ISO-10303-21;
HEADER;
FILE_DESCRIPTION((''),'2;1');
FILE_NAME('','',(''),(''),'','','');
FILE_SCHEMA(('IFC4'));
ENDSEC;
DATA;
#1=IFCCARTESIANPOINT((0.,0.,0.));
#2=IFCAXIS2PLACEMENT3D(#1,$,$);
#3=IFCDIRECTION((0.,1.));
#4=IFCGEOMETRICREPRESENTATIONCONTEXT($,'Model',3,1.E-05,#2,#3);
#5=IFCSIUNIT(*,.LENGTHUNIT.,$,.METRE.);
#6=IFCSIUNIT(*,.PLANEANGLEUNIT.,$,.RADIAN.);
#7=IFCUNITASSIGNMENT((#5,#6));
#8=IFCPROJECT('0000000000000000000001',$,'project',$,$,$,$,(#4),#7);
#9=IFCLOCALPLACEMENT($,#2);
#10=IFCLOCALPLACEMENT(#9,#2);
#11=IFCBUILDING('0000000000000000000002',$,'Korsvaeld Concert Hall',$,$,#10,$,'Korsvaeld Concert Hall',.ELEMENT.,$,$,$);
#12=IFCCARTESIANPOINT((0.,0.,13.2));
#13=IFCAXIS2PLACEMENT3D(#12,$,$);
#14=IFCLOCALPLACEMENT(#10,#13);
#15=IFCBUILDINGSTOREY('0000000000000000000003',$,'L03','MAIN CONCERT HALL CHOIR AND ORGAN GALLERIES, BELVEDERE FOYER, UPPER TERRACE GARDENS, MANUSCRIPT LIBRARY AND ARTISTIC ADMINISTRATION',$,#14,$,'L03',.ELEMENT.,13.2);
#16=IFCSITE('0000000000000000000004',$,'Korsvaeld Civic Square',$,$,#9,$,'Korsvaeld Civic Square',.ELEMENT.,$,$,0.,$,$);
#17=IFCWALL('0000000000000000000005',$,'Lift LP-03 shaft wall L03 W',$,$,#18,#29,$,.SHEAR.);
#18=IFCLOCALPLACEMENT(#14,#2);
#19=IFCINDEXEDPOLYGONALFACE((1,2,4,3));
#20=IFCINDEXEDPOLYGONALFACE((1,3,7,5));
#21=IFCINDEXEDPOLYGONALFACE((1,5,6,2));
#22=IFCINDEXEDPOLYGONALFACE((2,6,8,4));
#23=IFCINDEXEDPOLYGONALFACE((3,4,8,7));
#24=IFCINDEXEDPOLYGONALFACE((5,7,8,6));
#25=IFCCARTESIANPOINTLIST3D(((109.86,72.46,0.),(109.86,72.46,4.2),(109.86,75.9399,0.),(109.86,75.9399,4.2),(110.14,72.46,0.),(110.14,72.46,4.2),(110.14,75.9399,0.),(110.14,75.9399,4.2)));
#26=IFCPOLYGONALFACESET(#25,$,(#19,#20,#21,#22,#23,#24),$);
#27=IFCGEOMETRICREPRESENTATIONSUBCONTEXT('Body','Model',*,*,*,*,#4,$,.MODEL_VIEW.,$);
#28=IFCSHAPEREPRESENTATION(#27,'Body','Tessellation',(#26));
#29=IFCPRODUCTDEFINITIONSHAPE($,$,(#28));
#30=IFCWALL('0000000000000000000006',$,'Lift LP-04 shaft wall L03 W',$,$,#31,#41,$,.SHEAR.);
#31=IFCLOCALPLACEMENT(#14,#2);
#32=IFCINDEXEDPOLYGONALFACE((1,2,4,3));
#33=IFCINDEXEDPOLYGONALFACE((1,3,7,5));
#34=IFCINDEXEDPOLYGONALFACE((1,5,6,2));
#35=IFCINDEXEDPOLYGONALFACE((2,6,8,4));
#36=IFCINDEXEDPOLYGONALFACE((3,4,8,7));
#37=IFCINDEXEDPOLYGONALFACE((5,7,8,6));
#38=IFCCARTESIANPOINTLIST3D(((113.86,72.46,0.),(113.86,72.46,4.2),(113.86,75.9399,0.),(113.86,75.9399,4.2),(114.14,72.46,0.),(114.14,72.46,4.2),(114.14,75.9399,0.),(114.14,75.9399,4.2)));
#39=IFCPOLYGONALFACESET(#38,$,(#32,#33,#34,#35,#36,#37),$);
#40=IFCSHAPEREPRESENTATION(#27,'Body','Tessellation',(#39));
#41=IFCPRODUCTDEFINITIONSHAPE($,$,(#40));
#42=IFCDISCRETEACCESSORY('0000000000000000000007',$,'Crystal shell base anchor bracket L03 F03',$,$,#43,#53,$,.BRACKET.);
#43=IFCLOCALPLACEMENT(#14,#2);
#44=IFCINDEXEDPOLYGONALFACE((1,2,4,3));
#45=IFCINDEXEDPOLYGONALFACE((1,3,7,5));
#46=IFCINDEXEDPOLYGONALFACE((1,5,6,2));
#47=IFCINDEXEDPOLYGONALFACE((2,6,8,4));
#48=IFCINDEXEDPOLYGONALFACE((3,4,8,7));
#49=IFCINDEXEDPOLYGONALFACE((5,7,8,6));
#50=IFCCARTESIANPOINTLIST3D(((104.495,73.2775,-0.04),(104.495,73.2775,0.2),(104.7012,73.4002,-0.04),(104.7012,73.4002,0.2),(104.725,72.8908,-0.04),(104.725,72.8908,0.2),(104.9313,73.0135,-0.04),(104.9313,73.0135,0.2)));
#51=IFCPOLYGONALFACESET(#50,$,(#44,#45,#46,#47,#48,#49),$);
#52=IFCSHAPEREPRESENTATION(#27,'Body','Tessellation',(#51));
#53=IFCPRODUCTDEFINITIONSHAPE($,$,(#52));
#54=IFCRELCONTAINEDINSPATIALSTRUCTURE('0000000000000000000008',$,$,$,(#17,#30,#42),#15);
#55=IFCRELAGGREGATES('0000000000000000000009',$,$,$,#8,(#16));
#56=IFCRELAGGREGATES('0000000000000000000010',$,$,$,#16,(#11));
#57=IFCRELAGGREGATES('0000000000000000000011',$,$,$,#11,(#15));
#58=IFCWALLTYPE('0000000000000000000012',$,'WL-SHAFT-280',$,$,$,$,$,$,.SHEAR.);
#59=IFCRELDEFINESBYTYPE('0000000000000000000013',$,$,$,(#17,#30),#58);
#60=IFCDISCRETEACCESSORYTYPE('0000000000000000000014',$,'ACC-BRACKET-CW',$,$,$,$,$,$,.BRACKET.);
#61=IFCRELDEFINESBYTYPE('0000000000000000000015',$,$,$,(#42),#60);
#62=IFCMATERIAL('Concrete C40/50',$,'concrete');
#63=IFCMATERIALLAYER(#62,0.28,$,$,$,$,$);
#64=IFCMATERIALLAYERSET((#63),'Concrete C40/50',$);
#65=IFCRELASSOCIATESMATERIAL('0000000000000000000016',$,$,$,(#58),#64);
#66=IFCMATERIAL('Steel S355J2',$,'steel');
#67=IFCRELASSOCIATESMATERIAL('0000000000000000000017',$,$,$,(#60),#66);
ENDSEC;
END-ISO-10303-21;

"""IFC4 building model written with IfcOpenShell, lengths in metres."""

from ifc_helpers import new_model, si_unit, direction, frame, frame_2d, origin, origin_2d, place, context, subcontext, project, spatial, rectangle, extrude, material, layer, layer_set, type_object, element, save


model = new_model("IFC4")

# Units and contexts
model_context = context("Model", 3, precision=1e-05, world=origin(), true_north=direction((0.0, 1.0)))
body_context = subcontext(model_context, "Body", "Model", "MODEL_VIEW")
ifc_project = project(units=[si_unit("LENGTHUNIT", "METRE"), si_unit("PLANEANGLEUNIT", "RADIAN")], contexts=[model_context])

# Site, building, storey
site_placement = place(None, origin())
site = spatial("IfcSite", under=ifc_project, at=site_placement, Name="Korsvaeld Civic Square", LongName="Korsvaeld Civic Square", CompositionType="ELEMENT", RefElevation=0.0)
building_placement = place(site_placement, origin())
building = spatial("IfcBuilding", under=site, at=building_placement, Name="Korsvaeld Concert Hall", LongName="Korsvaeld Concert Hall", CompositionType="ELEMENT")
storey_placement = place(building_placement, frame((0.0, 0.0, 13.2)))
storey = spatial("IfcBuildingStorey", under=building, at=storey_placement, Name="L03", Description="MAIN CONCERT HALL CHOIR AND ORGAN GALLERIES, BELVEDERE FOYER, UPPER TERRACE GARDENS, MANUSCRIPT LIBRARY AND ARTISTIC ADMINISTRATION", LongName="L03", CompositionType="ELEMENT", Elevation=13.2)

# Shared definitions
ifc_material_1 = material(Name="Concrete C40/50", Category="concrete")

# Shared definitions
ifc_layer_1 = layer(ifc_material_1, 0.28)
ifc_layer_set_1 = layer_set([ifc_layer_1], Name="Concrete C40/50")
wall_type = type_object("IfcWallType", Name="WL-SHAFT-280", PredefinedType="SHEAR", material=ifc_layer_set_1)

# Wall
wall_1_placement = place(storey_placement, frame((110.0, 75.9399, 0.0), z_axis=(0.0, 0.0, 1.0), x_axis=(0.0, -1.0, 0.0)))
element("IfcWall", 1, at=wall_1_placement, inside=storey, type_object=wall_type, Name="Lift LP-03 shaft wall L03 W", PredefinedType="SHEAR", context=body_context, shape_type="SweptSolid", body=[
    extrude(rectangle(XDim=3.48, YDim=0.28, at=frame_2d((1.74, 0.0))), origin(), (0.0, 0.0, 1.0), 4.2),
])

# Wall
wall_2_placement = place(storey_placement, frame((114.0, 75.9399, 0.0), z_axis=(0.0, 0.0, 1.0), x_axis=(0.0, -1.0, 0.0)))
element("IfcWall", 2, at=wall_2_placement, inside=storey, type_object=wall_type, Name="Lift LP-04 shaft wall L03 W", PredefinedType="SHEAR", context=body_context, shape_type="SweptSolid", body=[
    extrude(rectangle(XDim=3.48, YDim=0.28, at=frame_2d((1.74, 0.0))), origin(), (0.0, 0.0, 1.0), 4.2),
])

# Discrete accessory
ifc_material_2 = material(Name="Steel S355J2", Category="steel")
discrete_accessory_type = type_object("IfcDiscreteAccessoryType", Name="ACC-BRACKET-CW", PredefinedType="BRACKET", material=ifc_material_2)
discrete_accessory_placement = place(storey_placement, frame((104.7131, 73.1455, -0.04), z_axis=(0.0, 0.0, 1.0), x_axis=(-0.511293, 0.859406, 0.0)))
element("IfcDiscreteAccessory", 3, at=discrete_accessory_placement, inside=storey, type_object=discrete_accessory_type, Name="Crystal shell base anchor bracket L03 F03", PredefinedType="BRACKET", context=body_context, shape_type="SweptSolid", body=[
    extrude(rectangle(XDim=0.45, YDim=0.24, at=origin_2d()), origin(), (0.0, 0.0, 1.0), 0.24),
])

save(model, "model.ifc")
